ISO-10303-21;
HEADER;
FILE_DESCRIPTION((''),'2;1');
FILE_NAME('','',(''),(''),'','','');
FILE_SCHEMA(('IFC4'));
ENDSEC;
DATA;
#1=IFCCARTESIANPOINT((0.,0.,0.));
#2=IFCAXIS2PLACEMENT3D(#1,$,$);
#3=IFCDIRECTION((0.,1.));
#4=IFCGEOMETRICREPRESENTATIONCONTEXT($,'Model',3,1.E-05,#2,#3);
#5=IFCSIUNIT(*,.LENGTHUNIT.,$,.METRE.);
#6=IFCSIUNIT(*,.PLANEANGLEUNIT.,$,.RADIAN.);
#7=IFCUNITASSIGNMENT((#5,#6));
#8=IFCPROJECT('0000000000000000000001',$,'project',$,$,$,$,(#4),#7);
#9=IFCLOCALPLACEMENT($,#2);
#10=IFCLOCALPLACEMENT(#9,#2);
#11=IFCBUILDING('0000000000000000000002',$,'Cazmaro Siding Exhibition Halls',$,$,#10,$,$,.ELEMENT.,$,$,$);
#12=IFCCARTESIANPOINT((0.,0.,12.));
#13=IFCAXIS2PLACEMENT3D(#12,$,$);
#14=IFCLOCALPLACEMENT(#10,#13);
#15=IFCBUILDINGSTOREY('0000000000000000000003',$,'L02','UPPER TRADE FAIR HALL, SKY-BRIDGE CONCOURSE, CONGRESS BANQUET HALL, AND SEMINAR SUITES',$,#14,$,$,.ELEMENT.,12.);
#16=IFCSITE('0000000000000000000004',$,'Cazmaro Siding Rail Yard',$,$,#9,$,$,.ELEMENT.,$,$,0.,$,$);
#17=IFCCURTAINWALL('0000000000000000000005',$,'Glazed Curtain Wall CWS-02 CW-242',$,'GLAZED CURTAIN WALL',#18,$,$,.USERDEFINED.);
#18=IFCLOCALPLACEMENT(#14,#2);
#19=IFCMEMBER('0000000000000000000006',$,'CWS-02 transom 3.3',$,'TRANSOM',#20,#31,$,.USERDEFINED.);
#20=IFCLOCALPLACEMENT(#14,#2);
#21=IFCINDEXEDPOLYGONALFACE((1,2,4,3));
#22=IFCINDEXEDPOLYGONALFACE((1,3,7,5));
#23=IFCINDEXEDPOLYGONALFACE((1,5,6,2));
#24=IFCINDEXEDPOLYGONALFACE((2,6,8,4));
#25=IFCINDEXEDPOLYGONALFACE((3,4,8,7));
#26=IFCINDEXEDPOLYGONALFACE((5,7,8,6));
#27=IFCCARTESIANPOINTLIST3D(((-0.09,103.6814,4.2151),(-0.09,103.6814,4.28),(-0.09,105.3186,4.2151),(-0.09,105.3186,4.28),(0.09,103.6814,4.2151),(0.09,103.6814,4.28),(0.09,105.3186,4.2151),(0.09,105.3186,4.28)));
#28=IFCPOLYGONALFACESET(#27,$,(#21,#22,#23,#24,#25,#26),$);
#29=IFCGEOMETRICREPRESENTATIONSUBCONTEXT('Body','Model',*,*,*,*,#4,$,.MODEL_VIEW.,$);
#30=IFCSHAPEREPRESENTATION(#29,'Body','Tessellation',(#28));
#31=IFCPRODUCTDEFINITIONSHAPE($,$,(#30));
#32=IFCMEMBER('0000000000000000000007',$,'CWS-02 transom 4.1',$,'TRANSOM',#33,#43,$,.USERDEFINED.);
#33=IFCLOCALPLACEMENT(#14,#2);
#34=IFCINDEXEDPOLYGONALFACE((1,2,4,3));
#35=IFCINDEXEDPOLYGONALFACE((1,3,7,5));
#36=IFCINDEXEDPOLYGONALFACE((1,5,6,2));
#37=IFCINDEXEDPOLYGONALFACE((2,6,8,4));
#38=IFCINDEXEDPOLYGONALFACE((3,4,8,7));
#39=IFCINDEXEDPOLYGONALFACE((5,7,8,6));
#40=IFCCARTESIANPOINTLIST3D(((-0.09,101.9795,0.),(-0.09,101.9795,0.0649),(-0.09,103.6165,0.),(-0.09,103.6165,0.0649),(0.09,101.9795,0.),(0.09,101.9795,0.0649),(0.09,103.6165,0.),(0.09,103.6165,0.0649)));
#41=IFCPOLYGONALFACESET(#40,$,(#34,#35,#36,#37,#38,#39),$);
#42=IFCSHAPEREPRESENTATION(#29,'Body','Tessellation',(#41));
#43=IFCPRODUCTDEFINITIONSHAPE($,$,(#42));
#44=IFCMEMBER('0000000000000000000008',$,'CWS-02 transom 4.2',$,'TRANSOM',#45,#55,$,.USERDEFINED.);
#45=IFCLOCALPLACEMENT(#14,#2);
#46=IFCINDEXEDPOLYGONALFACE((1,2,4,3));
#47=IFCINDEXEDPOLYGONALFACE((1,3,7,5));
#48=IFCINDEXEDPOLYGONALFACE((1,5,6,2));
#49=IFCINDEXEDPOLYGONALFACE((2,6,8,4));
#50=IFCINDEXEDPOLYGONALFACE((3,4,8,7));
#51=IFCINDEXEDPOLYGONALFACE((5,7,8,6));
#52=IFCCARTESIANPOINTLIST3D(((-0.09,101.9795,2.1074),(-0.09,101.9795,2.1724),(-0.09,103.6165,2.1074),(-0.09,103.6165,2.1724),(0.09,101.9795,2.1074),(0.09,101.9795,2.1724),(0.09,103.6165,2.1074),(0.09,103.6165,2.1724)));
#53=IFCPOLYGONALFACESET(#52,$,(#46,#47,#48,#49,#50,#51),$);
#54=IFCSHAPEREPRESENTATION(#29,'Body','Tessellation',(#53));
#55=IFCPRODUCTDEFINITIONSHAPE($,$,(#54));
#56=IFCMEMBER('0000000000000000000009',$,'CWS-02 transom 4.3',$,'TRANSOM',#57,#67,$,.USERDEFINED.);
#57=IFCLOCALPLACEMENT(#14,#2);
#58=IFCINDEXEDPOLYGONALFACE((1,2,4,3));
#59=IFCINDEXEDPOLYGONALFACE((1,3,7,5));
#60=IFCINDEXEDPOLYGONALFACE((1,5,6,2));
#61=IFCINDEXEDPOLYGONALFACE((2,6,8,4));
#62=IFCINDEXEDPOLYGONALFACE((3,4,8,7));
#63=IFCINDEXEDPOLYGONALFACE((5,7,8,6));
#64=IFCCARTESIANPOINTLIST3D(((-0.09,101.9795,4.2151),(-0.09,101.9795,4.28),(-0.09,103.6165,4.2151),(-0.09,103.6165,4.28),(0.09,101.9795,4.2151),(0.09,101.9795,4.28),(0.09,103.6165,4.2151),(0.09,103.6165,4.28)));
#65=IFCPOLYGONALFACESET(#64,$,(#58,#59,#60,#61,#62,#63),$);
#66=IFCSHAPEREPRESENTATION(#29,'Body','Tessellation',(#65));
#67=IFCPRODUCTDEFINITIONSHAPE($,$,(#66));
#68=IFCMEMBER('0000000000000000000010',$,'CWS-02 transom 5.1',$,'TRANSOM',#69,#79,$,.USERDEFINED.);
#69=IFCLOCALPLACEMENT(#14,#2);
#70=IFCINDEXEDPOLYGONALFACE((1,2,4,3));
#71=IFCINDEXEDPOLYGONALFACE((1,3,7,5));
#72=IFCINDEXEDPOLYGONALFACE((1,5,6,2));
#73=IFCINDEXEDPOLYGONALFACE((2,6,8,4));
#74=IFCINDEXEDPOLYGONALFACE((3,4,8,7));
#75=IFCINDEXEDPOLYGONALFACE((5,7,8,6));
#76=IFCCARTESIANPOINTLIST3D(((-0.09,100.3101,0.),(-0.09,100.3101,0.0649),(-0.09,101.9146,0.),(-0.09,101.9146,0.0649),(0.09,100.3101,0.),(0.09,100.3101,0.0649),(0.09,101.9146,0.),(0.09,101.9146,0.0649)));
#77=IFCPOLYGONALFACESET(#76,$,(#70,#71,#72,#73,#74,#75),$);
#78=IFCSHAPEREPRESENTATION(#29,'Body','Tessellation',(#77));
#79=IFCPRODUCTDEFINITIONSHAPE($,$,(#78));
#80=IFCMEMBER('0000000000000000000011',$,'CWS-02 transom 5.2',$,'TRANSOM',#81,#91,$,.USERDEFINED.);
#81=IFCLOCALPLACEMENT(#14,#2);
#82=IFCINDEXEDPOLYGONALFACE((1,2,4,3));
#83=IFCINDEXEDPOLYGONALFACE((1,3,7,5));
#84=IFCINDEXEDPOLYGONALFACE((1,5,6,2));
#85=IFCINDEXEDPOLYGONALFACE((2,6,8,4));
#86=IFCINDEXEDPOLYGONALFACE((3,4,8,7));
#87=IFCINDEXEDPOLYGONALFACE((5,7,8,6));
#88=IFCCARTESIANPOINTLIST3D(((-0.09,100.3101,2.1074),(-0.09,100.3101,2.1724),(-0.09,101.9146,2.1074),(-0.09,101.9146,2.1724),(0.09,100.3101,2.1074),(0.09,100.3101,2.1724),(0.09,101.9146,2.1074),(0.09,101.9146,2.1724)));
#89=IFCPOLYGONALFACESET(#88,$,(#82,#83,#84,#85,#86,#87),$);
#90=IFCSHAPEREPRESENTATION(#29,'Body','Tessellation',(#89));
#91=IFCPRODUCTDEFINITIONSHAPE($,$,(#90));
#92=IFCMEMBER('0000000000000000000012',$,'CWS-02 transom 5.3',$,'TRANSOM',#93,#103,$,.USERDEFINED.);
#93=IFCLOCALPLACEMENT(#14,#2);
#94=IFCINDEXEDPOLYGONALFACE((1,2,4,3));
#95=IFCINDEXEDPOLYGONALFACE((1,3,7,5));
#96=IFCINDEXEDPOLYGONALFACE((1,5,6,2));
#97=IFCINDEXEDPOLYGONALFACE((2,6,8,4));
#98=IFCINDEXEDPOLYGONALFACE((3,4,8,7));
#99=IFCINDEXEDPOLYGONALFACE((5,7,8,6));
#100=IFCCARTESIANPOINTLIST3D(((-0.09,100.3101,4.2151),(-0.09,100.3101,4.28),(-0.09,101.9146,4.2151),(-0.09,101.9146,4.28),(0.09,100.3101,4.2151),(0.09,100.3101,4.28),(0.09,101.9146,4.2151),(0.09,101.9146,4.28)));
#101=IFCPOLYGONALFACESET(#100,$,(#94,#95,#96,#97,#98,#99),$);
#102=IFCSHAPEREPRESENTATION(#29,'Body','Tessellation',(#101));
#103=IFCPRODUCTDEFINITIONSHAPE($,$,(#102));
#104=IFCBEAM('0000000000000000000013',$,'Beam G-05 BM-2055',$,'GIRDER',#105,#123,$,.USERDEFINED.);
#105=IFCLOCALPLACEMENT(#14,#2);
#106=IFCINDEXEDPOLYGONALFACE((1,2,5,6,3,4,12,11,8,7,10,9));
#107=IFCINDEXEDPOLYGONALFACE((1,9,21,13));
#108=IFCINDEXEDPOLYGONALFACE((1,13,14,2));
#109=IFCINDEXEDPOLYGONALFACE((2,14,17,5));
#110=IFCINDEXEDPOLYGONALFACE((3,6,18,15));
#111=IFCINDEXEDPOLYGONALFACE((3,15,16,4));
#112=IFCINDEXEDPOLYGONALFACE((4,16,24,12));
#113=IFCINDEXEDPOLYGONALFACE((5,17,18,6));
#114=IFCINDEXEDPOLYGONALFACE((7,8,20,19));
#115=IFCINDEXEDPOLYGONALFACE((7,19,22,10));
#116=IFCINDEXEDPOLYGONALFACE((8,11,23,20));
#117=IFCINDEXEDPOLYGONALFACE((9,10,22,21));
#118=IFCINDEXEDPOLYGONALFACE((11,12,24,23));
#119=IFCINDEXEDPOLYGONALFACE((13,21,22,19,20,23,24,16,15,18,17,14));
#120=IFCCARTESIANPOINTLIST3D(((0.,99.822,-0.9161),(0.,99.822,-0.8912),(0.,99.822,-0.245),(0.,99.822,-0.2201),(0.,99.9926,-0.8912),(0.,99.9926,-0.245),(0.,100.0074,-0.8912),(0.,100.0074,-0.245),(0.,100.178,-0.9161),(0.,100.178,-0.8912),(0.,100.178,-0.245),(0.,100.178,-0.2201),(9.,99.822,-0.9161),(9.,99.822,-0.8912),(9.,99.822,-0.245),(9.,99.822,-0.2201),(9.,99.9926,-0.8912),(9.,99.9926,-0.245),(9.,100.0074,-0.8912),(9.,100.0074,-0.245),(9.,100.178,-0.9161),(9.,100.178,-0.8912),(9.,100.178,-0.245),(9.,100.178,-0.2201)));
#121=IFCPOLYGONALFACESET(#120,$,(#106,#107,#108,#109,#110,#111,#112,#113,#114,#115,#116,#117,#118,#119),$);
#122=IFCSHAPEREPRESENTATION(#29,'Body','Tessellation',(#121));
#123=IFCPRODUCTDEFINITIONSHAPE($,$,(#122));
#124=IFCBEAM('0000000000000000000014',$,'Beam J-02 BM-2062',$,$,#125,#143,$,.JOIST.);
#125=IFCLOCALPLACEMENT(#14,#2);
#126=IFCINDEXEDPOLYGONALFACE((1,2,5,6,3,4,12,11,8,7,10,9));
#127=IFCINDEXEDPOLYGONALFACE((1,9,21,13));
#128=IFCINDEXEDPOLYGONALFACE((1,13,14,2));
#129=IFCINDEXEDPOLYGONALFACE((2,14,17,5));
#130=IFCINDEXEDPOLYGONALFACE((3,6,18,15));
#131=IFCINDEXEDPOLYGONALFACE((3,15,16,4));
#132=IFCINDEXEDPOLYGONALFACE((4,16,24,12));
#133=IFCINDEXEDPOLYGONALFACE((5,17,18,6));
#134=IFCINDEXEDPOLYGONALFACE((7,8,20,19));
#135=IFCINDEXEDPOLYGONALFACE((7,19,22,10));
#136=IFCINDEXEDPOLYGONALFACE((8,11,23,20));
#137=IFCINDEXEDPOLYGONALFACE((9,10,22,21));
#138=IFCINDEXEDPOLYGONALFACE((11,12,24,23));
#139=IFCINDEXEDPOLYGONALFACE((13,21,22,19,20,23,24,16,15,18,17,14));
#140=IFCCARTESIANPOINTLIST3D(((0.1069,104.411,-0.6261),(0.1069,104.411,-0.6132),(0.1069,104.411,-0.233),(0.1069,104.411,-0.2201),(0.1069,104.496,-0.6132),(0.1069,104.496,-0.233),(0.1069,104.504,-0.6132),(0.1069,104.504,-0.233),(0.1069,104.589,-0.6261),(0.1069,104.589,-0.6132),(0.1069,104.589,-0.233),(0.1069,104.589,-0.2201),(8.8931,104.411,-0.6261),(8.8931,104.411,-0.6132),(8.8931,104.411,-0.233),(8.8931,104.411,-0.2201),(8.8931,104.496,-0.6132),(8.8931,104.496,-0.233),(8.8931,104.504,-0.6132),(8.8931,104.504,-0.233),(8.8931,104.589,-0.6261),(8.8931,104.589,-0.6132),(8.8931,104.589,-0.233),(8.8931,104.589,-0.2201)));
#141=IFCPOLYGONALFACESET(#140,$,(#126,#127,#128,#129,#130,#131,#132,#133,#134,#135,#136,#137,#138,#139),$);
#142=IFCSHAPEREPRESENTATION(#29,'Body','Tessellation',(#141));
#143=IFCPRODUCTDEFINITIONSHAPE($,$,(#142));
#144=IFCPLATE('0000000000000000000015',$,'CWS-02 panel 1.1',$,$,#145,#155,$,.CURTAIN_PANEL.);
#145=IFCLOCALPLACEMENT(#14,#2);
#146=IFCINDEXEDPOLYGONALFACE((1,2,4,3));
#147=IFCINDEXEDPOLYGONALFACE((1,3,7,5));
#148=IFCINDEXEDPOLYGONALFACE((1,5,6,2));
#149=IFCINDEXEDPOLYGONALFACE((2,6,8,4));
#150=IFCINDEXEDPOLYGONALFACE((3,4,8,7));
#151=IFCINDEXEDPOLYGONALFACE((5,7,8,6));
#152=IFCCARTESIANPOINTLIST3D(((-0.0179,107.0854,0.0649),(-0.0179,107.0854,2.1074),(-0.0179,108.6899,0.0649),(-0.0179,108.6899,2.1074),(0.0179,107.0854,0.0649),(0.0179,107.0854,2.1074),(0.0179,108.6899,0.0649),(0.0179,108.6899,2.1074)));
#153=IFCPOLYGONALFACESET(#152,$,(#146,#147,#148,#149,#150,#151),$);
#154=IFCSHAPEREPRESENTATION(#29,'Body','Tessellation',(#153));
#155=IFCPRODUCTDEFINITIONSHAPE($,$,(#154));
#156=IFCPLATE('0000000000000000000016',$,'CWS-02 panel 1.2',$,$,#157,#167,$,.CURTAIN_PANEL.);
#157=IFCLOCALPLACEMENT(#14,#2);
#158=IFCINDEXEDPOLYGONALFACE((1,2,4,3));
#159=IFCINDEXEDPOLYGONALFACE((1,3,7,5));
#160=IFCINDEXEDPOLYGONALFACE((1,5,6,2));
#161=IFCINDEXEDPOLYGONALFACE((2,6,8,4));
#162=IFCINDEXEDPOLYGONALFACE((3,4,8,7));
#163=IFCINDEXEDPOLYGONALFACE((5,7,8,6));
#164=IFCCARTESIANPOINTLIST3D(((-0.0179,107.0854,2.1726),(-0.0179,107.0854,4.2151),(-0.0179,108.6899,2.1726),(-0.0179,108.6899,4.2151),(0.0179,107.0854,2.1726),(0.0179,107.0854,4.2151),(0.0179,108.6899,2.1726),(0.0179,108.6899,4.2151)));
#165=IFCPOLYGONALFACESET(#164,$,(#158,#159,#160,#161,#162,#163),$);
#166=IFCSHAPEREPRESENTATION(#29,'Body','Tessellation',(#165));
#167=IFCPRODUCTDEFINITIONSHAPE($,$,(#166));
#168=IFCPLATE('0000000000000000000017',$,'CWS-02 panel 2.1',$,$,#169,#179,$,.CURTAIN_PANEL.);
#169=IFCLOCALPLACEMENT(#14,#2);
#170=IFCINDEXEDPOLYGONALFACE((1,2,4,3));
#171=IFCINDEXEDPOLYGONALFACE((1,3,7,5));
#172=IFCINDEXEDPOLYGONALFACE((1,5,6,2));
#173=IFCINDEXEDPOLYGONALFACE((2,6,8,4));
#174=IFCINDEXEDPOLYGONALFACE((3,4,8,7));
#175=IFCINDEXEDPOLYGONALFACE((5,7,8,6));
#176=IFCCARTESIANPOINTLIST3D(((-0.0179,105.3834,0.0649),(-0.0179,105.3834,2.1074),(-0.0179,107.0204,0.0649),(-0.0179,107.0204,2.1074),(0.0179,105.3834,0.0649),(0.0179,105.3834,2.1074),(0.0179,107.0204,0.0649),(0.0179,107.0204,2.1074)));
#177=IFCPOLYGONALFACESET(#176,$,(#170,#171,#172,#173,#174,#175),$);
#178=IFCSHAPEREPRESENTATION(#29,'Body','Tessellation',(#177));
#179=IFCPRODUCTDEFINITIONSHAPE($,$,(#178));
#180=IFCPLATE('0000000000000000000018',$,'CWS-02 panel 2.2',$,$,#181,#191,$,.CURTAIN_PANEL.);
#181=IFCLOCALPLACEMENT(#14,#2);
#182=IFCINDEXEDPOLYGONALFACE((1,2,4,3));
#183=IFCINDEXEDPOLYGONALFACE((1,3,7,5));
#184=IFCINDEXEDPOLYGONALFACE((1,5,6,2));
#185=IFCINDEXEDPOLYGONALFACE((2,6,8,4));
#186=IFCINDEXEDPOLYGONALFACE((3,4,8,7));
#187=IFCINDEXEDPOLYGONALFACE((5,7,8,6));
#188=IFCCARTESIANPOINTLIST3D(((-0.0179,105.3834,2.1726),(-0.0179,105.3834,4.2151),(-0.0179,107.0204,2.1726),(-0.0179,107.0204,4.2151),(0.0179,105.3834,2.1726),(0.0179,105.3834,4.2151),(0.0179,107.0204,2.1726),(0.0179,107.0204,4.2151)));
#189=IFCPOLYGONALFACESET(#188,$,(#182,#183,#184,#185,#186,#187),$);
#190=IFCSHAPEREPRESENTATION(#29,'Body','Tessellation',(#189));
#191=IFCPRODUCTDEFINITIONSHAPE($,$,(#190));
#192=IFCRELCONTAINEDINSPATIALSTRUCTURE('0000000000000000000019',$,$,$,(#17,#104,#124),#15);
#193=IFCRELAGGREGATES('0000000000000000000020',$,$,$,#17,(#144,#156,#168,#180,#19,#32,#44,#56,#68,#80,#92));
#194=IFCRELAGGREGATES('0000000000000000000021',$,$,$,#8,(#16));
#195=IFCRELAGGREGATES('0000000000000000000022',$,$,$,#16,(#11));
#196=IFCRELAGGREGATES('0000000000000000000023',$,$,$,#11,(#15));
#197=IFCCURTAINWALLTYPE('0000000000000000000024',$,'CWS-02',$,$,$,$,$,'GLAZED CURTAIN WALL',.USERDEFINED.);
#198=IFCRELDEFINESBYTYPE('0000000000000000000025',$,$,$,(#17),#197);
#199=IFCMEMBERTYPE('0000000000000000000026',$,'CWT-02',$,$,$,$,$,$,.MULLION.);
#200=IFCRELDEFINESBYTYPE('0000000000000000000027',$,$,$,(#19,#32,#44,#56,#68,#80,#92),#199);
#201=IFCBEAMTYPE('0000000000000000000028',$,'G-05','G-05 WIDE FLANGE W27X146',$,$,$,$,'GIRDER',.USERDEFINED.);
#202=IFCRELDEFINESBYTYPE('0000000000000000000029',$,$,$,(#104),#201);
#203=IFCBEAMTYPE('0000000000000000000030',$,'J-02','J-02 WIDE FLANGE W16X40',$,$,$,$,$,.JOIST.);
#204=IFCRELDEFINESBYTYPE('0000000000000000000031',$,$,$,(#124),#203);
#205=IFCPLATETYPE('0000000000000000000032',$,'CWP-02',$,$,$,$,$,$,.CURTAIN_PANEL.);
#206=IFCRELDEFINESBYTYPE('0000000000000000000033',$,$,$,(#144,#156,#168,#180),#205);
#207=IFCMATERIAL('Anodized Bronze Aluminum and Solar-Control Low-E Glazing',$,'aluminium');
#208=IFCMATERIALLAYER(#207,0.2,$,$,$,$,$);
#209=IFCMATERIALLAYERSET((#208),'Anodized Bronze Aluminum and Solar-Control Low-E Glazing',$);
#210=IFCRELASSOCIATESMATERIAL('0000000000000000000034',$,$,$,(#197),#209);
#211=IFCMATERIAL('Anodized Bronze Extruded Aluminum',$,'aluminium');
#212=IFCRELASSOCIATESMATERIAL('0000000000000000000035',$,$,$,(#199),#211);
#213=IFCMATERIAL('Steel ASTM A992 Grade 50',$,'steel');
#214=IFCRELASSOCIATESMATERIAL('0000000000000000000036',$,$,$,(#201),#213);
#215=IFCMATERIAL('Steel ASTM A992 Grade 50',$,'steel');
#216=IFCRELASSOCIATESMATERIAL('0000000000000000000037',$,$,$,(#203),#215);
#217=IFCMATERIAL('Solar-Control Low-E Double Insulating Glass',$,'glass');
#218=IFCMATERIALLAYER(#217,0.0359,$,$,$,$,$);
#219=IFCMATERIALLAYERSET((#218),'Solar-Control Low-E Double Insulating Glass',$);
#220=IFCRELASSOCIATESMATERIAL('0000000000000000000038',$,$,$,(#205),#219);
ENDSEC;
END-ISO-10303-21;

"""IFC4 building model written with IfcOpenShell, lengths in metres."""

from ifc_helpers import new_model, si_unit, direction, frame, origin, origin_2d, place, context, subcontext, project, spatial, rectangle, i_section, extrude, material, layer, layer_set, material_profile, profile_set, type_object, element, aggregate, save


model = new_model("IFC4")

# Units and contexts
model_context = context("Model", 3, precision=1e-05, world=origin(), true_north=direction((0.0, 1.0)))
body_context = subcontext(model_context, "Body", "Model", "MODEL_VIEW")
ifc_project = project(units=[si_unit("LENGTHUNIT", "METRE"), si_unit("PLANEANGLEUNIT", "RADIAN")], contexts=[model_context])

# Site, building, storey
site_placement = place(None, origin())
site = spatial("IfcSite", under=ifc_project, at=site_placement, Name="Cazmaro Siding Rail Yard", CompositionType="ELEMENT", RefElevation=0.0)
building_placement = place(site_placement, origin())
building = spatial("IfcBuilding", under=site, at=building_placement, Name="Cazmaro Siding Exhibition Halls", CompositionType="ELEMENT")
storey_placement = place(building_placement, frame((0.0, 0.0, 12.0)))
storey = spatial("IfcBuildingStorey", under=building, at=storey_placement, Name="L02", Description="UPPER TRADE FAIR HALL, SKY-BRIDGE CONCOURSE, CONGRESS BANQUET HALL, AND SEMINAR SUITES", CompositionType="ELEMENT", Elevation=12.0)

# Curtain wall, members
ifc_material_1 = material(Name="Anodized Bronze Aluminum and Solar-Control Low-E Glazing", Category="aluminium")
ifc_layer_1 = layer(ifc_material_1, 0.2)
ifc_layer_set_1 = layer_set([ifc_layer_1], Name="Anodized Bronze Aluminum and Solar-Control Low-E Glazing")
curtain_wall_type = type_object("IfcCurtainWallType", Name="CWS-02", ElementType="GLAZED CURTAIN WALL", PredefinedType="USERDEFINED", material=ifc_layer_set_1)
curtain_wall_placement = place(storey_placement, origin())
curtain_wall = element("IfcCurtainWall", 1, at=curtain_wall_placement, inside=storey, type_object=curtain_wall_type, Name="Glazed Curtain Wall CWS-02 CW-242", ObjectType="GLAZED CURTAIN WALL", PredefinedType="USERDEFINED")
ifc_material_2 = material(Name="Anodized Bronze Extruded Aluminum", Category="aluminium")
ifc_material_profile_1 = material_profile(ifc_material_2, rectangle(XDim=0.1799, YDim=0.0649, at=origin_2d()), Name="CWT-02")
ifc_profile_set_1 = profile_set([ifc_material_profile_1], Name="Anodized Bronze Extruded Aluminum")
member_type_1 = type_object("IfcMemberType", Name="CWT-02", PredefinedType="MULLION", material=ifc_profile_set_1)
member_1_placement = place(storey_placement, frame((0.0, 105.3186, 4.2476), z_axis=(0.0, -1.0, 0.0), x_axis=(1.0, 0.0, 0.0)))
member_1 = element("IfcMember", 2, at=member_1_placement, type_object=member_type_1, Name="CWS-02 transom 3.3", ObjectType="TRANSOM", PredefinedType="USERDEFINED", context=body_context, shape_type="SweptSolid", body=[
    extrude(rectangle(XDim=0.1799, YDim=0.0649, at=origin_2d()), origin(), (0.0, 0.0, 1.0), 1.6372),
])
member_2_placement = place(storey_placement, frame((0.0, 103.6165, 0.0325), z_axis=(0.0, -1.0, 0.0), x_axis=(1.0, 0.0, 0.0)))
member_2 = element("IfcMember", 3, at=member_2_placement, type_object=member_type_1, Name="CWS-02 transom 4.1", ObjectType="TRANSOM", PredefinedType="USERDEFINED", context=body_context, shape_type="SweptSolid", body=[
    extrude(rectangle(XDim=0.1799, YDim=0.0649, at=origin_2d()), origin(), (0.0, 0.0, 1.0), 1.637),
])
member_3_placement = place(storey_placement, frame((0.0, 103.6165, 2.1399), z_axis=(0.0, -1.0, 0.0), x_axis=(1.0, 0.0, 0.0)))
member_3 = element("IfcMember", 4, at=member_3_placement, type_object=member_type_1, Name="CWS-02 transom 4.2", ObjectType="TRANSOM", PredefinedType="USERDEFINED", context=body_context, shape_type="SweptSolid", body=[
    extrude(rectangle(XDim=0.1799, YDim=0.0649, at=origin_2d()), origin(), (0.0, 0.0, 1.0), 1.637),
])
member_4_placement = place(storey_placement, frame((0.0, 103.6165, 4.2476), z_axis=(0.0, -1.0, 0.0), x_axis=(1.0, 0.0, 0.0)))
member_4 = element("IfcMember", 5, at=member_4_placement, type_object=member_type_1, Name="CWS-02 transom 4.3", ObjectType="TRANSOM", PredefinedType="USERDEFINED", context=body_context, shape_type="SweptSolid", body=[
    extrude(rectangle(XDim=0.1799, YDim=0.0649, at=origin_2d()), origin(), (0.0, 0.0, 1.0), 1.637),
])
member_5_placement = place(storey_placement, frame((0.0, 101.9146, 0.0325), z_axis=(0.0, -1.0, 0.0), x_axis=(1.0, 0.0, 0.0)))
member_5 = element("IfcMember", 6, at=member_5_placement, type_object=member_type_1, Name="CWS-02 transom 5.1", ObjectType="TRANSOM", PredefinedType="USERDEFINED", context=body_context, shape_type="SweptSolid", body=[
    extrude(rectangle(XDim=0.1799, YDim=0.0649, at=origin_2d()), origin(), (0.0, 0.0, 1.0), 1.6045),
])
member_6_placement = place(storey_placement, frame((0.0, 101.9146, 2.1399), z_axis=(0.0, -1.0, 0.0), x_axis=(1.0, 0.0, 0.0)))
member_6 = element("IfcMember", 7, at=member_6_placement, type_object=member_type_1, Name="CWS-02 transom 5.2", ObjectType="TRANSOM", PredefinedType="USERDEFINED", context=body_context, shape_type="SweptSolid", body=[
    extrude(rectangle(XDim=0.1799, YDim=0.0649, at=origin_2d()), origin(), (0.0, 0.0, 1.0), 1.6045),
])
member_7_placement = place(storey_placement, frame((0.0, 101.9146, 4.2476), z_axis=(0.0, -1.0, 0.0), x_axis=(1.0, 0.0, 0.0)))
member_7 = element("IfcMember", 8, at=member_7_placement, type_object=member_type_1, Name="CWS-02 transom 5.3", ObjectType="TRANSOM", PredefinedType="USERDEFINED", context=body_context, shape_type="SweptSolid", body=[
    extrude(rectangle(XDim=0.1799, YDim=0.0649, at=origin_2d()), origin(), (0.0, 0.0, 1.0), 1.6045),
])

# Beams
ifc_material_3 = material(Name="Steel ASTM A992 Grade 50", Category="steel")
ifc_material_profile_2 = material_profile(ifc_material_3, i_section(OverallWidth=0.356, OverallDepth=0.696, WebThickness=0.0149, FlangeThickness=0.0249, at=origin_2d()), Name="W27X146")
ifc_profile_set_2 = profile_set([ifc_material_profile_2], Name="Steel ASTM A992 Grade 50")
beam_type_1 = type_object("IfcBeamType", Name="G-05", Description="G-05 WIDE FLANGE W27X146", ElementType="GIRDER", PredefinedType="USERDEFINED", material=ifc_profile_set_2)
beam_1_placement = place(storey_placement, frame((0.0, 100.0, -0.5681), z_axis=(1.0, 0.0, 0.0), x_axis=(0.0, 1.0, 0.0)))
element("IfcBeam", 9, at=beam_1_placement, inside=storey, type_object=beam_type_1, Name="Beam G-05 BM-2055", ObjectType="GIRDER", PredefinedType="USERDEFINED", context=body_context, shape_type="SweptSolid", body=[
    extrude(i_section(OverallWidth=0.356, OverallDepth=0.696, WebThickness=0.0149, FlangeThickness=0.0249, at=origin_2d()), origin(), (0.0, 0.0, 1.0), 9.0),
])
ifc_material_4 = material(Name="Steel ASTM A992 Grade 50", Category="steel")
ifc_material_profile_3 = material_profile(ifc_material_4, i_section(OverallWidth=0.178, OverallDepth=0.406, WebThickness=0.0081, FlangeThickness=0.0129, at=origin_2d()), Name="W16X40")
ifc_profile_set_3 = profile_set([ifc_material_profile_3], Name="Steel ASTM A992 Grade 50")
beam_type_2 = type_object("IfcBeamType", Name="J-02", Description="J-02 WIDE FLANGE W16X40", PredefinedType="JOIST", material=ifc_profile_set_3)
beam_2_placement = place(storey_placement, frame((0.1069, 104.5, -0.4231), z_axis=(1.0, 0.0, 0.0), x_axis=(0.0, 1.0, 0.0)))
element("IfcBeam", 10, at=beam_2_placement, inside=storey, type_object=beam_type_2, Name="Beam J-02 BM-2062", PredefinedType="JOIST", context=body_context, shape_type="SweptSolid", body=[
    extrude(i_section(OverallWidth=0.178, OverallDepth=0.406, WebThickness=0.0081, FlangeThickness=0.0129, at=origin_2d()), origin(), (0.0, 0.0, 1.0), 8.7861),
])

# Plates
ifc_material_5 = material(Name="Solar-Control Low-E Double Insulating Glass", Category="glass")
ifc_layer_2 = layer(ifc_material_5, 0.0359)
ifc_layer_set_2 = layer_set([ifc_layer_2], Name="Solar-Control Low-E Double Insulating Glass")
plate_type = type_object("IfcPlateType", Name="CWP-02", PredefinedType="CURTAIN_PANEL", material=ifc_layer_set_2)
plate_1_placement = place(storey_placement, frame((0.0, 107.8877, 0.0649), z_axis=(0.0, 0.0, 1.0), x_axis=(0.0, -1.0, 0.0)))
plate_1 = element("IfcPlate", 11, at=plate_1_placement, type_object=plate_type, Name="CWS-02 panel 1.1", PredefinedType="CURTAIN_PANEL", context=body_context, shape_type="SweptSolid", body=[
    extrude(rectangle(XDim=1.6045, YDim=0.0359, at=origin_2d()), origin(), (0.0, 0.0, 1.0), 2.0425),
])
plate_2_placement = place(storey_placement, frame((0.0, 107.8877, 2.1726), z_axis=(0.0, 0.0, 1.0), x_axis=(0.0, -1.0, 0.0)))
plate_2 = element("IfcPlate", 12, at=plate_2_placement, type_object=plate_type, Name="CWS-02 panel 1.2", PredefinedType="CURTAIN_PANEL", context=body_context, shape_type="SweptSolid", body=[
    extrude(rectangle(XDim=1.6045, YDim=0.0359, at=origin_2d()), origin(), (0.0, 0.0, 1.0), 2.0425),
])
plate_3_placement = place(storey_placement, frame((0.0, 106.2019, 0.0649), z_axis=(0.0, 0.0, 1.0), x_axis=(0.0, -1.0, 0.0)))
plate_3 = element("IfcPlate", 13, at=plate_3_placement, type_object=plate_type, Name="CWS-02 panel 2.1", PredefinedType="CURTAIN_PANEL", context=body_context, shape_type="SweptSolid", body=[
    extrude(rectangle(XDim=1.637, YDim=0.0359, at=origin_2d()), origin(), (0.0, 0.0, 1.0), 2.0425),
])
plate_4_placement = place(storey_placement, frame((0.0, 106.2019, 2.1726), z_axis=(0.0, 0.0, 1.0), x_axis=(0.0, -1.0, 0.0)))
plate_4 = element("IfcPlate", 14, at=plate_4_placement, type_object=plate_type, Name="CWS-02 panel 2.2", PredefinedType="CURTAIN_PANEL", context=body_context, shape_type="SweptSolid", body=[
    extrude(rectangle(XDim=1.637, YDim=0.0359, at=origin_2d()), origin(), (0.0, 0.0, 1.0), 2.0425),
])
aggregate(curtain_wall, [plate_1, plate_2, plate_3, plate_4, member_1, member_2, member_3, member_4, member_5, member_6, member_7])

save(model, "model.ifc")
